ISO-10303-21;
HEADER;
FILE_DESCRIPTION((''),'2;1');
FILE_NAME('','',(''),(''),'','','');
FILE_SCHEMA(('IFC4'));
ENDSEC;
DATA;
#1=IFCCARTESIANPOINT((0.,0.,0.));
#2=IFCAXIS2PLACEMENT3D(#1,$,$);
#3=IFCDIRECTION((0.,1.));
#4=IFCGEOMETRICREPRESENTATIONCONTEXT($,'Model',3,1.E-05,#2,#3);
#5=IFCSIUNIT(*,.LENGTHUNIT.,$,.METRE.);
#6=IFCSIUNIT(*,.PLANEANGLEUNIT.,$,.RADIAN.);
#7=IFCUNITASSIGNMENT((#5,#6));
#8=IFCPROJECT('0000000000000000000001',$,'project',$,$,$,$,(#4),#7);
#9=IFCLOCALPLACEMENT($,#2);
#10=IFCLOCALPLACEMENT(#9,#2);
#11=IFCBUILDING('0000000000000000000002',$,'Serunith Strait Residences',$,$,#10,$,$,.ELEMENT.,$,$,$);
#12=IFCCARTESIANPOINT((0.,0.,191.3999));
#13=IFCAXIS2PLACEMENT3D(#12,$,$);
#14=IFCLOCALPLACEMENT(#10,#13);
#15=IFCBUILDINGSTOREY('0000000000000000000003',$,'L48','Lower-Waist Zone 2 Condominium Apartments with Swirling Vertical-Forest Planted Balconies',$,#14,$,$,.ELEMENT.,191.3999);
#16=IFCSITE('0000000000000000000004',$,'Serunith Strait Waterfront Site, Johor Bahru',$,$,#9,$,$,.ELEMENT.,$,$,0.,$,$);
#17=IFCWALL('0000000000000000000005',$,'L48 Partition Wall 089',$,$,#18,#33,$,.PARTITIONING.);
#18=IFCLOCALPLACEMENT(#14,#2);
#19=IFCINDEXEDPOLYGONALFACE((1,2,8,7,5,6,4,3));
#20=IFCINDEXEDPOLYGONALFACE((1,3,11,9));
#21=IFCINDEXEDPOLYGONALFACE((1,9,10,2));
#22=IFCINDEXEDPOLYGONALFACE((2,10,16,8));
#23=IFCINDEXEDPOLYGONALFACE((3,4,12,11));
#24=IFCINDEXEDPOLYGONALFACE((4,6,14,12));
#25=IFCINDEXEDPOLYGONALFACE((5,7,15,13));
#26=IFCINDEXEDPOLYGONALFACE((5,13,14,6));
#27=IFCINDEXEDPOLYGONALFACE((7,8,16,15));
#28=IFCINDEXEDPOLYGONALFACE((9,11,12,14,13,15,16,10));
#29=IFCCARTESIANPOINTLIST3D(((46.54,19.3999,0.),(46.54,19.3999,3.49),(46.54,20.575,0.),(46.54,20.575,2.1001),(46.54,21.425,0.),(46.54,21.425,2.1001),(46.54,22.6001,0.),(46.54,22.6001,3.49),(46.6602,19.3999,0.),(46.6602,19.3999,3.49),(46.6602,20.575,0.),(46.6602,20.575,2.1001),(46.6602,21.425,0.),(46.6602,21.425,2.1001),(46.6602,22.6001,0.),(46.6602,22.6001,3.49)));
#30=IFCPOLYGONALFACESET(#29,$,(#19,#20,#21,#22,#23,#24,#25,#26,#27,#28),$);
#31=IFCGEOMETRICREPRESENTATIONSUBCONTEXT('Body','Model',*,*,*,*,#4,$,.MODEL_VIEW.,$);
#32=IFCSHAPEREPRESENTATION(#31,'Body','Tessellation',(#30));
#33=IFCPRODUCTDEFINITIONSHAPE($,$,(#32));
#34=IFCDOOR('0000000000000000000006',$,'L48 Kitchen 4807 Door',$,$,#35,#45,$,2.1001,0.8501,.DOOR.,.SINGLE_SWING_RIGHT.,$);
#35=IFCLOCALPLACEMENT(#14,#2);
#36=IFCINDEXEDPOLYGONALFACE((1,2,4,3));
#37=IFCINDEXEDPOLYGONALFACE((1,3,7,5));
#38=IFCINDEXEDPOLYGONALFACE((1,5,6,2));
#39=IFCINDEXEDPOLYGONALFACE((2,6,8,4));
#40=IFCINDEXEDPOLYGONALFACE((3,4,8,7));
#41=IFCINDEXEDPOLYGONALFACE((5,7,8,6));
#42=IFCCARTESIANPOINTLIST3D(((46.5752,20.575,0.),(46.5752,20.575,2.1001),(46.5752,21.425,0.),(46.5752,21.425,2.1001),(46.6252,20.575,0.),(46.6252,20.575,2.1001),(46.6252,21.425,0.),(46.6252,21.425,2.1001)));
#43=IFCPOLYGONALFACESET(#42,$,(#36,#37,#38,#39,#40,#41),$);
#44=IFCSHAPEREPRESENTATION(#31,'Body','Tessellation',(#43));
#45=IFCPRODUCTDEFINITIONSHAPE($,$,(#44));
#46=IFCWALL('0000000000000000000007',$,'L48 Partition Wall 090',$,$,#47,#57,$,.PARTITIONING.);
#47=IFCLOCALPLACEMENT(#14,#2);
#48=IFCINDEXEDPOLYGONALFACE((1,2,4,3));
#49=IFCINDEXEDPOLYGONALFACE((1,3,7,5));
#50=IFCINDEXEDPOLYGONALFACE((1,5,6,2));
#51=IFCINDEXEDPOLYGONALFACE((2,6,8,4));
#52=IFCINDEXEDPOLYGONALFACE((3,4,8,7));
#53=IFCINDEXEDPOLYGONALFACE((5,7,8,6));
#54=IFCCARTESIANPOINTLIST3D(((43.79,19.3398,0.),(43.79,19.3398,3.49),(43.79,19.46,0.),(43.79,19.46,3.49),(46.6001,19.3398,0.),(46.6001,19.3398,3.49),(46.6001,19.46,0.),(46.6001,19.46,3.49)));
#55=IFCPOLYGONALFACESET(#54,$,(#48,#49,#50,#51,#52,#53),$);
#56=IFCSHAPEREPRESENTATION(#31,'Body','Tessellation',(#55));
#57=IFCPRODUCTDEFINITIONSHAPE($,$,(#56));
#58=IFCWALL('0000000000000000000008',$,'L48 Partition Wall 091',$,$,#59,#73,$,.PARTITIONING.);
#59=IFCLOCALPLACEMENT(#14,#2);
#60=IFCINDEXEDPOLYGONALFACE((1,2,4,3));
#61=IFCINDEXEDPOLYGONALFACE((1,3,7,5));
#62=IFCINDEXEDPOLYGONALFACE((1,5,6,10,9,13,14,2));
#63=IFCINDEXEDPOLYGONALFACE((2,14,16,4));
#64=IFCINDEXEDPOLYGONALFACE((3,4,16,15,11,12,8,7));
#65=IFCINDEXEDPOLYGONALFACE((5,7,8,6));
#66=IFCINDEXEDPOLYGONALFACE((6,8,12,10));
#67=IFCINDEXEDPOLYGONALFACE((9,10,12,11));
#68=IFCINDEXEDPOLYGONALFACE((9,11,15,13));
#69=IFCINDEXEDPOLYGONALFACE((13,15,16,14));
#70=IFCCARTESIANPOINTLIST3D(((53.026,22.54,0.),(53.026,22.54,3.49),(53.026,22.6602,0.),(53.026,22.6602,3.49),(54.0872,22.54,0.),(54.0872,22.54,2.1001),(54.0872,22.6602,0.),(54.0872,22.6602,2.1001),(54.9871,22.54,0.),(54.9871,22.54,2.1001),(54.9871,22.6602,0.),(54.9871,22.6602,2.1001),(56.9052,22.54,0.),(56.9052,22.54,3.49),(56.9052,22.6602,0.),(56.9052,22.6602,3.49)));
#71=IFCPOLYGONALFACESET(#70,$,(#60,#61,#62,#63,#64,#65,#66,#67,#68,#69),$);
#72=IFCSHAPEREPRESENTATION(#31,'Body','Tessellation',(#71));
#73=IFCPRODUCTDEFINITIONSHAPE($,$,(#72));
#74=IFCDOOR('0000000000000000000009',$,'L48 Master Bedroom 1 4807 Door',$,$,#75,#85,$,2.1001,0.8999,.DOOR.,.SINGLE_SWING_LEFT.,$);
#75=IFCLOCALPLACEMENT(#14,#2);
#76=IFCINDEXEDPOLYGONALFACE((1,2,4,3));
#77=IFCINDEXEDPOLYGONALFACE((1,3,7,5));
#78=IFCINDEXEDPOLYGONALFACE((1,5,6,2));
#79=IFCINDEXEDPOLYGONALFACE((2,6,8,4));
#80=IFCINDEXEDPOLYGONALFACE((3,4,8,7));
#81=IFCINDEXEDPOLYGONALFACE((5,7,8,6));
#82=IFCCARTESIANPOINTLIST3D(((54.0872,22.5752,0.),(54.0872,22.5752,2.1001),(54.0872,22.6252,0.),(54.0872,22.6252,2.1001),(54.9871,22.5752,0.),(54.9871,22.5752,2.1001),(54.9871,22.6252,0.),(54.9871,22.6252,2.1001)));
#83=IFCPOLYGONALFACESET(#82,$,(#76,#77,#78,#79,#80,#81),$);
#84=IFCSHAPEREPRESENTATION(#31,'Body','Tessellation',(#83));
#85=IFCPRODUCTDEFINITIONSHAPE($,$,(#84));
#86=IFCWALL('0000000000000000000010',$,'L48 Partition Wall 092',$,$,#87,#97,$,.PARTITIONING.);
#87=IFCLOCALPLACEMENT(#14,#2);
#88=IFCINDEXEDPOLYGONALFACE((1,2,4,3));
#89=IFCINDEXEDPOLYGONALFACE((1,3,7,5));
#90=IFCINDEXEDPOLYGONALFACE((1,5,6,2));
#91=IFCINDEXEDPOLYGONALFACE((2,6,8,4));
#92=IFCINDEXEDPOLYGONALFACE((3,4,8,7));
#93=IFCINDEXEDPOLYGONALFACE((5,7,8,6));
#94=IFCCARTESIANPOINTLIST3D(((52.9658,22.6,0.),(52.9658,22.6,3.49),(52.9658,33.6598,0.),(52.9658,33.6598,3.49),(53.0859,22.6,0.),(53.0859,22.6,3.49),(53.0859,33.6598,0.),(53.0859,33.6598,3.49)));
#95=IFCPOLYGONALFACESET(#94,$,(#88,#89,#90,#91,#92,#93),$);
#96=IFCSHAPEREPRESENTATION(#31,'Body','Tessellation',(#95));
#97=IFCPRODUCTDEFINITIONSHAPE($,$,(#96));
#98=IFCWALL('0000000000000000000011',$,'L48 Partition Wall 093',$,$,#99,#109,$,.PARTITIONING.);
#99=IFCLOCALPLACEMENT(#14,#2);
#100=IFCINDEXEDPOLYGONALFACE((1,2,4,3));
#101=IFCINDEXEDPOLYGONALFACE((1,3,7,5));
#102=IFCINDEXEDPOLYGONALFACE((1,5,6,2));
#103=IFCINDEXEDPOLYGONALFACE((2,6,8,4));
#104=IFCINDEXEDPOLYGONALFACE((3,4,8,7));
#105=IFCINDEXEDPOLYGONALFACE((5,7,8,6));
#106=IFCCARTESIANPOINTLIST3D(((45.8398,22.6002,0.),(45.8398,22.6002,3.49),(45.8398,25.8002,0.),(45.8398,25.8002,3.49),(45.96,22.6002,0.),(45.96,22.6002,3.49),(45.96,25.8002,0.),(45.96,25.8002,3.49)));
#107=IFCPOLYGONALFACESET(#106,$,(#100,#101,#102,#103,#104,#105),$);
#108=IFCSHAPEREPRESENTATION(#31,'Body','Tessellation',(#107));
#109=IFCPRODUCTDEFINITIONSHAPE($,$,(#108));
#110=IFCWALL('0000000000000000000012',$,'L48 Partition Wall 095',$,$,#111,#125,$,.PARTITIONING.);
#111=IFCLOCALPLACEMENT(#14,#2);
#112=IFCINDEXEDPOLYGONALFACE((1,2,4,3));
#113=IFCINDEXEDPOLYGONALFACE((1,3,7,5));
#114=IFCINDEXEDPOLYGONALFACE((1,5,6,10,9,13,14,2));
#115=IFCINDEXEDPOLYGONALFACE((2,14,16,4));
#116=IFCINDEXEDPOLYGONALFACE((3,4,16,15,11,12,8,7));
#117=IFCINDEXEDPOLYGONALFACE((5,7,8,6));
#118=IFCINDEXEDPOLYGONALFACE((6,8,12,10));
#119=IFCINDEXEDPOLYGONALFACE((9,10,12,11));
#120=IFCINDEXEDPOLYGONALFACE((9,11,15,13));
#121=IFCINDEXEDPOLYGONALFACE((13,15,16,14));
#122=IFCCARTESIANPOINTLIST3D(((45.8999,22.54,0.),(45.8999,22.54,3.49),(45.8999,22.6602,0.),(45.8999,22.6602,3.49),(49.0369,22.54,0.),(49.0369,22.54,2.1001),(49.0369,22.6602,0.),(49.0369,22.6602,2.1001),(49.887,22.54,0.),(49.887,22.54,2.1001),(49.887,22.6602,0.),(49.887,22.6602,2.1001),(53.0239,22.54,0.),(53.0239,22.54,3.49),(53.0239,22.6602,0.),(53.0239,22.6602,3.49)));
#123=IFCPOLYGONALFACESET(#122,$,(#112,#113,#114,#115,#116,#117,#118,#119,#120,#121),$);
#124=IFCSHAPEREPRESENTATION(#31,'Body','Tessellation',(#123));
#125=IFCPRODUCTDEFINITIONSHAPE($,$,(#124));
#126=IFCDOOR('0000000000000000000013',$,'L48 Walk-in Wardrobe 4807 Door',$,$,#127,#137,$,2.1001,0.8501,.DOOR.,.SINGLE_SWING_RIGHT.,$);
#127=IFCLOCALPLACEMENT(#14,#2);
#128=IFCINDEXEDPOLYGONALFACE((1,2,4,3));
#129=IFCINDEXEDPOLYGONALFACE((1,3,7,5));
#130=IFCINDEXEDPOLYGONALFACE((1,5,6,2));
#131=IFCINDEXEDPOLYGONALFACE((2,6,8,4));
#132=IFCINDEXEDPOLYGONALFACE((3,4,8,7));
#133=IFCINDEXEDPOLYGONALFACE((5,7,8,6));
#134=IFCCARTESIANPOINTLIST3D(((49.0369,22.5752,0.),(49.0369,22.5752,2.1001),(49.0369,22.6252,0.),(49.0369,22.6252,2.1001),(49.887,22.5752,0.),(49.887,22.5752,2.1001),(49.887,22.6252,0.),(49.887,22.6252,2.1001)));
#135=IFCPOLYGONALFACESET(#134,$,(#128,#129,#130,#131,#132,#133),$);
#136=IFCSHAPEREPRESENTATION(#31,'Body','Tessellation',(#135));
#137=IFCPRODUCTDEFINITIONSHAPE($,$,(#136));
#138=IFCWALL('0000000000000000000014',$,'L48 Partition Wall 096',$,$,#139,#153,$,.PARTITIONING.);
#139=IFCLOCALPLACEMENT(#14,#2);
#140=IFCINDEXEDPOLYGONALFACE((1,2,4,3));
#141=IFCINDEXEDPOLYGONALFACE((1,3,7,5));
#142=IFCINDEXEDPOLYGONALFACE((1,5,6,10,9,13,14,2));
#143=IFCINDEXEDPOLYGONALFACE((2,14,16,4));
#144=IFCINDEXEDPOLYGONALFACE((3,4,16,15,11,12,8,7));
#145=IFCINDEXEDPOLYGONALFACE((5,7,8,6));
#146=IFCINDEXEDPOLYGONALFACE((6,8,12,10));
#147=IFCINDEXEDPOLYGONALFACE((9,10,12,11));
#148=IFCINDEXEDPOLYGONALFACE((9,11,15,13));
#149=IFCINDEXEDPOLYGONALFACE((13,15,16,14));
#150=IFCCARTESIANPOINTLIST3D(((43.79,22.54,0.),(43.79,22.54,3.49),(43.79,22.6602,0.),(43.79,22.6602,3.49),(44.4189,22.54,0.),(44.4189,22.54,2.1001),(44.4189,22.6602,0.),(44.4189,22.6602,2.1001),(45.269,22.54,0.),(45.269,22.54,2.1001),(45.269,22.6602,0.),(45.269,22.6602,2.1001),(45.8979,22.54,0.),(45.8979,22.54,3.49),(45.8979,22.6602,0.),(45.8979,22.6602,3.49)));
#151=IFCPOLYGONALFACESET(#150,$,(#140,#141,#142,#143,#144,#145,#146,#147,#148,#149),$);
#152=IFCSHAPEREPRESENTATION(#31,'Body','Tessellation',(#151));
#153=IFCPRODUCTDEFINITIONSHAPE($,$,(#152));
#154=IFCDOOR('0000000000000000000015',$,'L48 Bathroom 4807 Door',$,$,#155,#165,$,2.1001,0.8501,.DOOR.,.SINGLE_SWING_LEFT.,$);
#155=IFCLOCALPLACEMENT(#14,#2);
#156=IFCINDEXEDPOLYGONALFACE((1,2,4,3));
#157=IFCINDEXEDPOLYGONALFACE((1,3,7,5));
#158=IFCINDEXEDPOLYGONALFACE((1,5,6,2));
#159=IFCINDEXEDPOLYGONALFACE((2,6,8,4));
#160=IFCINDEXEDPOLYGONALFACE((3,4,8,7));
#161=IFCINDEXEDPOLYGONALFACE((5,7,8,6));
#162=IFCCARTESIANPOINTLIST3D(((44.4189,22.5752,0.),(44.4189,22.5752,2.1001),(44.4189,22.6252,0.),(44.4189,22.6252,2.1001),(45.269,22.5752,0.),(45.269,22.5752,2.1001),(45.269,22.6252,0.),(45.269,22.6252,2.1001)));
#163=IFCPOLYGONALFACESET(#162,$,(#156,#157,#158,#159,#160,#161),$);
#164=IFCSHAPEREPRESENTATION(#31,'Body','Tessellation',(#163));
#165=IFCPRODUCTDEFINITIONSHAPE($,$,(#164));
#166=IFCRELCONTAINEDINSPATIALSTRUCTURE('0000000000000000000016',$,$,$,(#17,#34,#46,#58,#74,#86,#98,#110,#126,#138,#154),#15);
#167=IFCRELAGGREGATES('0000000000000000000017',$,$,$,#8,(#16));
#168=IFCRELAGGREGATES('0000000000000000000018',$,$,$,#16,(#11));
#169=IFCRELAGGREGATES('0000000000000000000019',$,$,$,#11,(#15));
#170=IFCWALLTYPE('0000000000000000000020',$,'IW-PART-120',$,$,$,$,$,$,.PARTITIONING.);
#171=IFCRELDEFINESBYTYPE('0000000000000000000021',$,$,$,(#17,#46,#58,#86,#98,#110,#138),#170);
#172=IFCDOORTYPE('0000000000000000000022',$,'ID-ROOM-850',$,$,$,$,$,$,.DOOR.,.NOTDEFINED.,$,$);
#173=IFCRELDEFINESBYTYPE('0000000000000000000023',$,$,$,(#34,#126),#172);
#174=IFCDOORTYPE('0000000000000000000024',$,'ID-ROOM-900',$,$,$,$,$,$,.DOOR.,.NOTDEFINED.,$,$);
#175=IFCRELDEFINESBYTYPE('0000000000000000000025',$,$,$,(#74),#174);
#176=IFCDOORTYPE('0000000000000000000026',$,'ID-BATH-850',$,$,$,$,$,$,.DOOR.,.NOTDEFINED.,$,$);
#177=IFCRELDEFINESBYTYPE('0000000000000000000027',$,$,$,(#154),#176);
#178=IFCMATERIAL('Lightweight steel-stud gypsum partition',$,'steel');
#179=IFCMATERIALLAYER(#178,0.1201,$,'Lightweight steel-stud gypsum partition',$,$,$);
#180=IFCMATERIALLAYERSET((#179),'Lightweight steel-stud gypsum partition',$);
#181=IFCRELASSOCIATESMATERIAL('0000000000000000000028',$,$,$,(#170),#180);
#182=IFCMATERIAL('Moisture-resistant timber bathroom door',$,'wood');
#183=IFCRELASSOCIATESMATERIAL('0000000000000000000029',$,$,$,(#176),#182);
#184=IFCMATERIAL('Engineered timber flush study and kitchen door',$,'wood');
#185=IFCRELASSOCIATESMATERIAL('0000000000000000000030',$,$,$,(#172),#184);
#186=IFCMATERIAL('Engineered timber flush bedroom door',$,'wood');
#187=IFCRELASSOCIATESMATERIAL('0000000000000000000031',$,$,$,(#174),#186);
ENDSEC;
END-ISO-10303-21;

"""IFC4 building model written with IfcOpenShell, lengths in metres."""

from ifc_helpers import new_model, si_unit, direction, frame, frame_2d, origin, place, context, subcontext, project, spatial, rectangle, extrude, source, transform, mapped, material, layer, layer_set, type_object, element, fill, save


model = new_model("IFC4")

# Units and contexts
model_context = context("Model", 3, precision=1e-05, world=origin(), true_north=direction((0.0, 1.0)))
body_context = subcontext(model_context, "Body", "Model", "MODEL_VIEW")
ifc_project = project(units=[si_unit("LENGTHUNIT", "METRE"), si_unit("PLANEANGLEUNIT", "RADIAN")], contexts=[model_context])

# Site, building, storey
site_placement = place(None, origin())
site = spatial("IfcSite", under=ifc_project, at=site_placement, Name="Serunith Strait Waterfront Site, Johor Bahru", CompositionType="ELEMENT", RefElevation=0.0)
building_placement = place(site_placement, origin())
building = spatial("IfcBuilding", under=site, at=building_placement, Name="Serunith Strait Residences", CompositionType="ELEMENT")
storey_placement = place(building_placement, frame((0.0, 0.0, 191.3999)))
storey = spatial("IfcBuildingStorey", under=building, at=storey_placement, Name="L48", Description="Lower-Waist Zone 2 Condominium Apartments with Swirling Vertical-Forest Planted Balconies", CompositionType="ELEMENT", Elevation=191.3999)

# Shared definitions
ifc_material_1 = material(Name="Lightweight steel-stud gypsum partition", Category="steel")
ifc_layer_1 = layer(ifc_material_1, 0.1201, Name="Lightweight steel-stud gypsum partition")
ifc_layer_set_1 = layer_set([ifc_layer_1], Name="Lightweight steel-stud gypsum partition")
wall_type = type_object("IfcWallType", Name="IW-PART-120", PredefinedType="PARTITIONING", material=ifc_layer_set_1)

# Wall, opening, door
ifc_material_2 = material(Name="Moisture-resistant timber bathroom door", Category="wood")
door_type_1 = type_object("IfcDoorType", Name="ID-BATH-850", OperationType="NOTDEFINED", PredefinedType="DOOR", material=ifc_material_2)
shared_shape_1 = source(origin(), body_context, "Body", "SweptSolid", [
    extrude(rectangle(XDim=0.8501, YDim=2.1001, at=frame_2d((0.425, 1.05))), frame((0.0, 0.0249, 0.0), z_axis=(0.0, -1.0, 0.0), x_axis=(1.0, 0.0, 0.0)), (0.0, 0.0, 1.0), 0.05),
])
wall_1_placement = place(storey_placement, frame((46.6001, 19.3999, 0.0), z_axis=(0.0, 0.0, 1.0), x_axis=(0.0, 1.0, 0.0)))
wall_1 = element("IfcWall", 1, at=wall_1_placement, inside=storey, type_object=wall_type, Name="L48 Partition Wall 089", PredefinedType="PARTITIONING", context=body_context, shape_type="SweptSolid", body=[
    extrude(rectangle(XDim=3.2002, YDim=0.1201, at=frame_2d((1.6001, 0.0))), origin(), (0.0, 0.0, 1.0), 3.49),
])
opening_1_placement = place(wall_1_placement, frame((1.175, 0.0, 0.0)))
opening_1 = element("IfcOpeningElement", 2, at=opening_1_placement, cuts=wall_1, PredefinedType="OPENING", context=body_context, shape_type="SweptSolid", body=[
    extrude(rectangle(XDim=0.8501, YDim=2.1001, at=frame_2d((0.425, 1.05))), frame((0.0, 0.0701, 0.0), z_axis=(0.0, -1.0, 0.0), x_axis=(1.0, 0.0, 0.0)), (0.0, 0.0, 1.0), 0.1401),
])
ifc_material_3 = material(Name="Engineered timber flush study and kitchen door", Category="wood")
door_type_2 = type_object("IfcDoorType", Name="ID-ROOM-850", OperationType="NOTDEFINED", PredefinedType="DOOR", material=ifc_material_3)
door_1_placement = place(opening_1_placement, origin())
door_1 = element("IfcDoor", 3, at=door_1_placement, inside=storey, type_object=door_type_2, Name="L48 Kitchen 4807 Door", OperationType="SINGLE_SWING_RIGHT", OverallHeight=2.1001, OverallWidth=0.8501, PredefinedType="DOOR", context=body_context, shape_type="MappedRepresentation", body=[
    mapped(shared_shape_1, transform((0.0, 0.0, 0.0), scale=1.0)),
])
fill(opening_1, door_1)

# Wall
wall_2_placement = place(storey_placement, frame((46.6001, 19.3999, 0.0), z_axis=(0.0, 0.0, 1.0), x_axis=(-1.0, 0.0, 0.0)))
element("IfcWall", 4, at=wall_2_placement, inside=storey, type_object=wall_type, Name="L48 Partition Wall 090", PredefinedType="PARTITIONING", context=body_context, shape_type="SweptSolid", body=[
    extrude(rectangle(XDim=2.8101, YDim=0.1201, at=frame_2d((1.405, 0.0))), origin(), (0.0, 0.0, 1.0), 3.49),
])

# Wall, opening, door
wall_3_placement = place(storey_placement, frame((56.905, 22.6001, 0.0), z_axis=(0.0, 0.0, 1.0), x_axis=(-1.0, 0.0, 0.0)))
wall_3 = element("IfcWall", 5, at=wall_3_placement, inside=storey, type_object=wall_type, Name="L48 Partition Wall 091", PredefinedType="PARTITIONING", context=body_context, shape_type="SweptSolid", body=[
    extrude(rectangle(XDim=3.8792, YDim=0.1201, at=frame_2d((1.9395, 0.0))), origin(), (0.0, 0.0, 1.0), 3.49),
])
opening_2_placement = place(wall_3_placement, frame((1.918, 0.0, 0.0)))
opening_2 = element("IfcOpeningElement", 6, at=opening_2_placement, cuts=wall_3, PredefinedType="OPENING", context=body_context, shape_type="SweptSolid", body=[
    extrude(rectangle(XDim=0.8999, YDim=2.1001, at=frame_2d((0.45, 1.05))), frame((0.0, 0.0701, 0.0), z_axis=(0.0, -1.0, 0.0), x_axis=(1.0, 0.0, 0.0)), (0.0, 0.0, 1.0), 0.1401),
])
ifc_material_4 = material(Name="Engineered timber flush bedroom door", Category="wood")
door_type_3 = type_object("IfcDoorType", Name="ID-ROOM-900", OperationType="NOTDEFINED", PredefinedType="DOOR", material=ifc_material_4)
shared_shape_2 = source(origin(), body_context, "Body", "SweptSolid", [
    extrude(rectangle(XDim=0.8999, YDim=2.1001, at=frame_2d((0.45, 1.05))), frame((0.0, 0.0249, 0.0), z_axis=(0.0, -1.0, 0.0), x_axis=(1.0, 0.0, 0.0)), (0.0, 0.0, 1.0), 0.05),
])
door_2_placement = place(opening_2_placement, origin())
door_2 = element("IfcDoor", 7, at=door_2_placement, inside=storey, type_object=door_type_3, Name="L48 Master Bedroom 1 4807 Door", OperationType="SINGLE_SWING_LEFT", OverallHeight=2.1001, OverallWidth=0.8999, PredefinedType="DOOR", context=body_context, shape_type="MappedRepresentation", body=[
    mapped(shared_shape_2, transform((0.0, 0.0, 0.0), scale=1.0)),
])
fill(opening_2, door_2)

# Walls
wall_4_placement = place(storey_placement, frame((53.0259, 22.6001, 0.0), z_axis=(0.0, 0.0, 1.0), x_axis=(0.0, 1.0, 0.0)))
element("IfcWall", 8, at=wall_4_placement, inside=storey, type_object=wall_type, Name="L48 Partition Wall 092", PredefinedType="PARTITIONING", context=body_context, shape_type="SweptSolid", body=[
    extrude(rectangle(XDim=11.0598, YDim=0.1201, at=frame_2d((5.5298, 0.0))), origin(), (0.0, 0.0, 1.0), 3.49),
])
wall_5_placement = place(storey_placement, frame((45.8999, 22.6001, 0.0), z_axis=(0.0, 0.0, 1.0), x_axis=(0.0, 1.0, 0.0)))
element("IfcWall", 9, at=wall_5_placement, inside=storey, type_object=wall_type, Name="L48 Partition Wall 093", PredefinedType="PARTITIONING", context=body_context, shape_type="SweptSolid", body=[
    extrude(rectangle(XDim=3.2, YDim=0.1201, at=frame_2d((1.6001, 0.0))), origin(), (0.0, 0.0, 1.0), 3.49),
])

# Walls, openings, doors
wall_6_placement = place(storey_placement, frame((53.0239, 22.6001, 0.0), z_axis=(0.0, 0.0, 1.0), x_axis=(-1.0, 0.0, 0.0)))
wall_6 = element("IfcWall", 10, at=wall_6_placement, inside=storey, type_object=wall_type, Name="L48 Partition Wall 095", PredefinedType="PARTITIONING", context=body_context, shape_type="SweptSolid", body=[
    extrude(rectangle(XDim=7.124, YDim=0.1201, at=frame_2d((3.562, 0.0))), origin(), (0.0, 0.0, 1.0), 3.49),
])
opening_3_placement = place(wall_6_placement, frame((3.137, 0.0, 0.0)))
opening_3 = element("IfcOpeningElement", 11, at=opening_3_placement, cuts=wall_6, PredefinedType="OPENING", context=body_context, shape_type="SweptSolid", body=[
    extrude(rectangle(XDim=0.8501, YDim=2.1001, at=frame_2d((0.425, 1.05))), frame((0.0, 0.0701, 0.0), z_axis=(0.0, -1.0, 0.0), x_axis=(1.0, 0.0, 0.0)), (0.0, 0.0, 1.0), 0.1401),
])
door_3_placement = place(opening_3_placement, origin())
door_3 = element("IfcDoor", 12, at=door_3_placement, inside=storey, type_object=door_type_2, Name="L48 Walk-in Wardrobe 4807 Door", OperationType="SINGLE_SWING_RIGHT", OverallHeight=2.1001, OverallWidth=0.8501, PredefinedType="DOOR", context=body_context, shape_type="MappedRepresentation", body=[
    mapped(shared_shape_1, transform((0.0, 0.0, 0.0), scale=1.0)),
])
fill(opening_3, door_3)
wall_7_placement = place(storey_placement, frame((45.8979, 22.6001, 0.0), z_axis=(0.0, 0.0, 1.0), x_axis=(-1.0, 0.0, 0.0)))
wall_7 = element("IfcWall", 13, at=wall_7_placement, inside=storey, type_object=wall_type, Name="L48 Partition Wall 096", PredefinedType="PARTITIONING", context=body_context, shape_type="SweptSolid", body=[
    extrude(rectangle(XDim=2.1079, YDim=0.1201, at=frame_2d((1.054, 0.0))), origin(), (0.0, 0.0, 1.0), 3.49),
])
opening_4_placement = place(wall_7_placement, frame((0.6289, 0.0, 0.0)))
opening_4 = element("IfcOpeningElement", 14, at=opening_4_placement, cuts=wall_7, PredefinedType="OPENING", context=body_context, shape_type="SweptSolid", body=[
    extrude(rectangle(XDim=0.8501, YDim=2.1001, at=frame_2d((0.425, 1.05))), frame((0.0, 0.0701, 0.0), z_axis=(0.0, -1.0, 0.0), x_axis=(1.0, 0.0, 0.0)), (0.0, 0.0, 1.0), 0.1401),
])
door_4_placement = place(opening_4_placement, origin())
door_4 = element("IfcDoor", 15, at=door_4_placement, inside=storey, type_object=door_type_1, Name="L48 Bathroom 4807 Door", OperationType="SINGLE_SWING_LEFT", OverallHeight=2.1001, OverallWidth=0.8501, PredefinedType="DOOR", context=body_context, shape_type="MappedRepresentation", body=[
    mapped(shared_shape_1, transform((0.0, 0.0, 0.0), scale=1.0)),
])
fill(opening_4, door_4)

save(model, "model.ifc")
